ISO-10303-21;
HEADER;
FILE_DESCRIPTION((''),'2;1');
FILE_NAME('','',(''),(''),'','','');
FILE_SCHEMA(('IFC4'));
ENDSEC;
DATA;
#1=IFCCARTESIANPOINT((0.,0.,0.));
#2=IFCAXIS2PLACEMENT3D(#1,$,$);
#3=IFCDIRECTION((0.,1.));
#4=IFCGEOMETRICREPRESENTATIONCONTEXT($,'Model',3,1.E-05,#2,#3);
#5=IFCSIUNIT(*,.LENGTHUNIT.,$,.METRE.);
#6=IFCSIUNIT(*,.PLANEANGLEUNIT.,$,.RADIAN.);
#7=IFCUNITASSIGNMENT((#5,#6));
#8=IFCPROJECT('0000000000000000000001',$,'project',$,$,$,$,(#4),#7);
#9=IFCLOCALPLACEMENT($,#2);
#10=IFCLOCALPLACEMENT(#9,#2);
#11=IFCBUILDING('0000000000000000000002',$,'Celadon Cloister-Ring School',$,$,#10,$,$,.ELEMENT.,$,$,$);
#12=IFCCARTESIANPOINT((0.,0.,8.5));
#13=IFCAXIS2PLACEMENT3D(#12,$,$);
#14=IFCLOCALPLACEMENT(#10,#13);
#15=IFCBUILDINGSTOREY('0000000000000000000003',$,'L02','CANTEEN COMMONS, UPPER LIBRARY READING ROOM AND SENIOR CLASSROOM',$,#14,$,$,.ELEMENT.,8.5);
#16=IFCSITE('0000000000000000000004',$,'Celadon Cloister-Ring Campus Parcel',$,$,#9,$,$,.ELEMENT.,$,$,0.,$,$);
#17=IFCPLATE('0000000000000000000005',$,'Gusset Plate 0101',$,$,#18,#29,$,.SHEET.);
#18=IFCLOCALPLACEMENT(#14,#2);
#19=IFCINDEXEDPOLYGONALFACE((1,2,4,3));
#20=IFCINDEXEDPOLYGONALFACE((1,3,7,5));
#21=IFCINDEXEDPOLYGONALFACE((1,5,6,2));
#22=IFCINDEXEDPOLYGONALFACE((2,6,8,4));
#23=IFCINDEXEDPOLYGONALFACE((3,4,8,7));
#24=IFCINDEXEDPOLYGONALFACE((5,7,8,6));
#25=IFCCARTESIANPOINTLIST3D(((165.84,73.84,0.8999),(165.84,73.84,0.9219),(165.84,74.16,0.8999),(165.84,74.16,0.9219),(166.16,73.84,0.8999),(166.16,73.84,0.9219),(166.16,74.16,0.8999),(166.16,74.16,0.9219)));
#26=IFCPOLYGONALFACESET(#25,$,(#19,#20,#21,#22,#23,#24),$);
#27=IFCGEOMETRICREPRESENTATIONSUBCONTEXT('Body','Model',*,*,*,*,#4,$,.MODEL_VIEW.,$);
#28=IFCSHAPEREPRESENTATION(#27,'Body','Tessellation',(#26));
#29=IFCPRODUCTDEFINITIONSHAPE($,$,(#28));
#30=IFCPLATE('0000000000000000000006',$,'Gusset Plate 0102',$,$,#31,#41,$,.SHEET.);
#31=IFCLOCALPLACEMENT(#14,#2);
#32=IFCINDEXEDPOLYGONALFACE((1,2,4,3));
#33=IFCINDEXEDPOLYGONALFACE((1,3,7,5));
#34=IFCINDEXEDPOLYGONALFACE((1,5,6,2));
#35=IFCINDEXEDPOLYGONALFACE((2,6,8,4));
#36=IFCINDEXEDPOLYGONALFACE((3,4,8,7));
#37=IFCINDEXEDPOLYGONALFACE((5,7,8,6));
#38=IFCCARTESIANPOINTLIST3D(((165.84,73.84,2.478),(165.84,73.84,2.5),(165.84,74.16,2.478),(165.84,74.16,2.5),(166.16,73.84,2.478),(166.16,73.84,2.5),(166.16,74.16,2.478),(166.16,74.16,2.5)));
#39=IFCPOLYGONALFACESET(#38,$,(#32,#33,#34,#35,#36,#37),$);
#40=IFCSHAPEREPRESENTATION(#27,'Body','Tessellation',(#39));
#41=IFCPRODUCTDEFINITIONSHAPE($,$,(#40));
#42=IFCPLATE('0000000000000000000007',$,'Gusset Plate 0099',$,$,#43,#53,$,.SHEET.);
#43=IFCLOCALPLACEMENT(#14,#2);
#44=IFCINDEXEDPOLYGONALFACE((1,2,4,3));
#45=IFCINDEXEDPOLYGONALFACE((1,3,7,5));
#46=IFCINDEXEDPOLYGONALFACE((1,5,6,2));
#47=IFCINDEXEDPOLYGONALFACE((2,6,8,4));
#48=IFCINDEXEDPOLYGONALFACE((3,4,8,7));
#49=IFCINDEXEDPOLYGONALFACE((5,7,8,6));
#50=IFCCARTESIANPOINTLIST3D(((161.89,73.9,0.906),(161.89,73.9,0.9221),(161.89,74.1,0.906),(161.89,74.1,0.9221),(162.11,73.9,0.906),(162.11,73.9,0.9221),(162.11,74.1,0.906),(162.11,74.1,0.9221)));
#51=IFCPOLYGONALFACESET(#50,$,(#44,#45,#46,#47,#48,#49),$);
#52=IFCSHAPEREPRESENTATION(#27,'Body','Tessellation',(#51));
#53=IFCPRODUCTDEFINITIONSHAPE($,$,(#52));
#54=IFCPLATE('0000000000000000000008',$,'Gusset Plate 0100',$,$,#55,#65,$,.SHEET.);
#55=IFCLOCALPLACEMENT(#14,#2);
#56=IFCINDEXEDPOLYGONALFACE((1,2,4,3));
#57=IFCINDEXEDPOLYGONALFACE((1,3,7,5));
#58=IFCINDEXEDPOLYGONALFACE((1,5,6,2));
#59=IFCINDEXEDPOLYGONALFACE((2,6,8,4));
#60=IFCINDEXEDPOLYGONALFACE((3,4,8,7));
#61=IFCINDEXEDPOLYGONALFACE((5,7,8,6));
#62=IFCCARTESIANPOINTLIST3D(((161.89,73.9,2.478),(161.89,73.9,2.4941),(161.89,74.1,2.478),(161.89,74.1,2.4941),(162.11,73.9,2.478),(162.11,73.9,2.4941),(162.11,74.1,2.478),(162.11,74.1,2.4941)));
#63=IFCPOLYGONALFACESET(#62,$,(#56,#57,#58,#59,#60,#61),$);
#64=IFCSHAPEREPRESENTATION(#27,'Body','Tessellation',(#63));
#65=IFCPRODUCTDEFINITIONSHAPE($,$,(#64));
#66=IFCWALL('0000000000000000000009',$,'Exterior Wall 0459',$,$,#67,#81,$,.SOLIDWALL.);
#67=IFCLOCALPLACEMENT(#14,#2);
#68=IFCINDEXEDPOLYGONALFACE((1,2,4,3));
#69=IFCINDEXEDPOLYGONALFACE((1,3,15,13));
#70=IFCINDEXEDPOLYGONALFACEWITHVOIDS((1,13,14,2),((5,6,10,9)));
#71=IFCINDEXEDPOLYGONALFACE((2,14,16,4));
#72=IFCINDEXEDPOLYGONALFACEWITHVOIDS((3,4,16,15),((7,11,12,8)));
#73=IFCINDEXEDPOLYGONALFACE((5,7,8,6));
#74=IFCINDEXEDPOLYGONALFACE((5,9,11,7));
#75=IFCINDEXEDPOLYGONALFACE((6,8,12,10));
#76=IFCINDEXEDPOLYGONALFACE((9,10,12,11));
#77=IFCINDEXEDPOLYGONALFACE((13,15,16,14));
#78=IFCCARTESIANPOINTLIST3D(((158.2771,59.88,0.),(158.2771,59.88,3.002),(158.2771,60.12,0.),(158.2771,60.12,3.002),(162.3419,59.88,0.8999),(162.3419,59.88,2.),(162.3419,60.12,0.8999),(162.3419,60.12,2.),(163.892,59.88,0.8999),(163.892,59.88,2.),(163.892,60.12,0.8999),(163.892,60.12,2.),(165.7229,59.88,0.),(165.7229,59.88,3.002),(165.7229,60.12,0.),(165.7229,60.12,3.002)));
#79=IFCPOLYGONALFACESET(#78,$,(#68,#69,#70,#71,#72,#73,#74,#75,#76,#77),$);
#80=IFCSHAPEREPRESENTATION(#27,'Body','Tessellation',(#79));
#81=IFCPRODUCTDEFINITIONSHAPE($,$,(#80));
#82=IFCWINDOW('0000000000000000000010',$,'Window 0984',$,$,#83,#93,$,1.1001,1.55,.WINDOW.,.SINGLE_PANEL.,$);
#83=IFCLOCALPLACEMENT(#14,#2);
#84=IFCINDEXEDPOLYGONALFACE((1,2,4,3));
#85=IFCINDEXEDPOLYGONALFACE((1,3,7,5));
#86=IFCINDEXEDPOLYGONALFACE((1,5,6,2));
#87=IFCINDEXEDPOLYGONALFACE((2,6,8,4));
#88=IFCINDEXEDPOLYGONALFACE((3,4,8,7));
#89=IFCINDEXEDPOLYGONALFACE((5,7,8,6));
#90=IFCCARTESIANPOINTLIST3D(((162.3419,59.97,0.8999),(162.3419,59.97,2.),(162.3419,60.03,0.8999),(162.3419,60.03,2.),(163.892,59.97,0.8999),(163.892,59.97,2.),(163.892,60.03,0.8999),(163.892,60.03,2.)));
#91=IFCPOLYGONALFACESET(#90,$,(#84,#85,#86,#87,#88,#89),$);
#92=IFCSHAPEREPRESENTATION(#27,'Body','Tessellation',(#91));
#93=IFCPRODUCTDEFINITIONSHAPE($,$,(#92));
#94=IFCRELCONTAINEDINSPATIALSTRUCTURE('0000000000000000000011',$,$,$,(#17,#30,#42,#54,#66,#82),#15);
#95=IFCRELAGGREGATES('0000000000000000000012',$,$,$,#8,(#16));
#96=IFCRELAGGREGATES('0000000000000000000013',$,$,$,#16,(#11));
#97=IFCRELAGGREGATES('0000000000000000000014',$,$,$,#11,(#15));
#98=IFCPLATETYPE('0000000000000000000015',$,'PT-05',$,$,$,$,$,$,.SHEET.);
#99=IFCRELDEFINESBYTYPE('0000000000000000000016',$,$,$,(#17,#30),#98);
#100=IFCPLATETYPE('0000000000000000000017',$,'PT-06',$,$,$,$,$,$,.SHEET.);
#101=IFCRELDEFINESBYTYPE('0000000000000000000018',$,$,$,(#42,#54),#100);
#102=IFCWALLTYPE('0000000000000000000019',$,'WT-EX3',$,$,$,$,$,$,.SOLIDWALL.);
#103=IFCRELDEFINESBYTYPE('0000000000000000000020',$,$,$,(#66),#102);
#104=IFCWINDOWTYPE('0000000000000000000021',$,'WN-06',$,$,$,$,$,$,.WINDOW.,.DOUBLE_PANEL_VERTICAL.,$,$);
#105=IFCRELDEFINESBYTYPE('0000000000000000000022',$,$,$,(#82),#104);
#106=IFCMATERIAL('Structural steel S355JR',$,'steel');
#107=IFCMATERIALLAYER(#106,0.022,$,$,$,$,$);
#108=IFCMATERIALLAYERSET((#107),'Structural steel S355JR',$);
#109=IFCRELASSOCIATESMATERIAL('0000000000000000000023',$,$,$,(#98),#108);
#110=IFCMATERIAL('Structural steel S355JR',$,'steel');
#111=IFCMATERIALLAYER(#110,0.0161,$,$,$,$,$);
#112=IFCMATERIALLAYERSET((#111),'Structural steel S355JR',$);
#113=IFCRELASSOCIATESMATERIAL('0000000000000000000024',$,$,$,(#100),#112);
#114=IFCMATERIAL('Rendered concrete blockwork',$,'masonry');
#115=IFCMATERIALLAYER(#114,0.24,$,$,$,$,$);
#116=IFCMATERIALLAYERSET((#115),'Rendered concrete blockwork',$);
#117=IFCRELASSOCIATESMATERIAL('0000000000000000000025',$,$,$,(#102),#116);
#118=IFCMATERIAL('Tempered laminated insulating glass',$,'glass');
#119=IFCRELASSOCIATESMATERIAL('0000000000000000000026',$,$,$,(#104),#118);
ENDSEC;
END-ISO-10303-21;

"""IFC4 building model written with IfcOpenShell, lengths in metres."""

from ifc_helpers import new_model, si_unit, direction, frame, frame_2d, origin, origin_2d, place, context, subcontext, project, spatial, rectangle, extrude, material, layer, layer_set, type_object, element, fill, save


model = new_model("IFC4")

# Units and contexts
model_context = context("Model", 3, precision=1e-05, world=origin(), true_north=direction((0.0, 1.0)))
body_context = subcontext(model_context, "Body", "Model", "MODEL_VIEW")
ifc_project = project(units=[si_unit("LENGTHUNIT", "METRE"), si_unit("PLANEANGLEUNIT", "RADIAN")], contexts=[model_context])

# Site, building, storey
site_placement = place(None, origin())
site = spatial("IfcSite", under=ifc_project, at=site_placement, Name="Celadon Cloister-Ring Campus Parcel", CompositionType="ELEMENT", RefElevation=0.0)
building_placement = place(site_placement, origin())
building = spatial("IfcBuilding", under=site, at=building_placement, Name="Celadon Cloister-Ring School", CompositionType="ELEMENT")
storey_placement = place(building_placement, frame((0.0, 0.0, 8.5)))
storey = spatial("IfcBuildingStorey", under=building, at=storey_placement, Name="L02", Description="CANTEEN COMMONS, UPPER LIBRARY READING ROOM AND SENIOR CLASSROOM", CompositionType="ELEMENT", Elevation=8.5)

# Plates
ifc_material_1 = material(Name="Structural steel S355JR", Category="steel")
ifc_layer_1 = layer(ifc_material_1, 0.022)
ifc_layer_set_1 = layer_set([ifc_layer_1], Name="Structural steel S355JR")
plate_type_1 = type_object("IfcPlateType", Name="PT-05", PredefinedType="SHEET", material=ifc_layer_set_1)
for number, where, z_axis, x_axis, name in (
    (1, (166.0, 74.0, 0.8999), (0.0, 0.0, 1.0), (1.0, 0.0, 0.0), "Gusset Plate 0101"),
    (2, (166.0, 74.0, 2.478), (0.0, 0.0, 1.0), (1.0, 0.0, 0.0), "Gusset Plate 0102"),
):
    element("IfcPlate", number, at=place(storey_placement, frame(where, z_axis=z_axis, x_axis=x_axis)), inside=storey, type_object=plate_type_1, Name=name, PredefinedType="SHEET", context=body_context, shape_type="SweptSolid", body=[
        extrude(rectangle(XDim=0.3201, YDim=0.3201, at=origin_2d()), origin(), (0.0, 0.0, 1.0), 0.022),
    ])
ifc_material_2 = material(Name="Structural steel S355JR", Category="steel")
ifc_layer_2 = layer(ifc_material_2, 0.0161)
ifc_layer_set_2 = layer_set([ifc_layer_2], Name="Structural steel S355JR")
plate_type_2 = type_object("IfcPlateType", Name="PT-06", PredefinedType="SHEET", material=ifc_layer_set_2)
for number, where, z_axis, x_axis, name in (
    (3, (162.0, 74.0, 0.906), (0.0, 0.0, 1.0), (1.0, 0.0, 0.0), "Gusset Plate 0099"),
    (4, (162.0, 74.0, 2.478), (0.0, 0.0, 1.0), (1.0, 0.0, 0.0), "Gusset Plate 0100"),
):
    element("IfcPlate", number, at=place(storey_placement, frame(where, z_axis=z_axis, x_axis=x_axis)), inside=storey, type_object=plate_type_2, Name=name, PredefinedType="SHEET", context=body_context, shape_type="SweptSolid", body=[
        extrude(rectangle(XDim=0.22, YDim=0.2, at=origin_2d()), origin(), (0.0, 0.0, 1.0), 0.0161),
    ])

# Wall, opening, window
ifc_material_3 = material(Name="Rendered concrete blockwork", Category="masonry")
ifc_layer_3 = layer(ifc_material_3, 0.24)
ifc_layer_set_3 = layer_set([ifc_layer_3], Name="Rendered concrete blockwork")
wall_type = type_object("IfcWallType", Name="WT-EX3", PredefinedType="SOLIDWALL", material=ifc_layer_set_3)
wall_placement = place(storey_placement, frame((158.2771, 60.0, 0.0), z_axis=(0.0, 0.0, 1.0), x_axis=(1.0, 0.0, 0.0)))
wall = element("IfcWall", 5, at=wall_placement, inside=storey, type_object=wall_type, Name="Exterior Wall 0459", PredefinedType="SOLIDWALL", context=body_context, shape_type="SweptSolid", body=[
    extrude(rectangle(XDim=7.4458, YDim=0.24, at=frame_2d((3.7229, 0.0))), origin(), (0.0, 0.0, 1.0), 3.002),
])
opening_placement = place(wall_placement, frame((4.0649, 0.0, 0.8999)))
opening = element("IfcOpeningElement", 6, at=opening_placement, cuts=wall, PredefinedType="OPENING", context=body_context, shape_type="SweptSolid", body=[
    extrude(rectangle(XDim=1.55, YDim=1.1001, at=frame_2d((0.7749, 0.55))), frame((0.0, 0.1299, 0.0), z_axis=(0.0, -1.0, 0.0), x_axis=(1.0, 0.0, 0.0)), (0.0, 0.0, 1.0), 0.26),
])
ifc_material_4 = material(Name="Tempered laminated insulating glass", Category="glass")
window_type = type_object("IfcWindowType", Name="WN-06", PartitioningType="DOUBLE_PANEL_VERTICAL", PredefinedType="WINDOW", material=ifc_material_4)
window_placement = place(opening_placement, origin())
window = element("IfcWindow", 7, at=window_placement, inside=storey, type_object=window_type, Name="Window 0984", OverallHeight=1.1001, OverallWidth=1.55, PartitioningType="SINGLE_PANEL", PredefinedType="WINDOW", context=body_context, shape_type="SweptSolid", body=[
    extrude(rectangle(XDim=1.55, YDim=1.1001, at=frame_2d((0.7749, 0.55))), frame((0.0, 0.03, 0.0), z_axis=(0.0, -1.0, 0.0), x_axis=(1.0, 0.0, 0.0)), (0.0, 0.0, 1.0), 0.0601),
])
fill(opening, window)

save(model, "model.ifc")
